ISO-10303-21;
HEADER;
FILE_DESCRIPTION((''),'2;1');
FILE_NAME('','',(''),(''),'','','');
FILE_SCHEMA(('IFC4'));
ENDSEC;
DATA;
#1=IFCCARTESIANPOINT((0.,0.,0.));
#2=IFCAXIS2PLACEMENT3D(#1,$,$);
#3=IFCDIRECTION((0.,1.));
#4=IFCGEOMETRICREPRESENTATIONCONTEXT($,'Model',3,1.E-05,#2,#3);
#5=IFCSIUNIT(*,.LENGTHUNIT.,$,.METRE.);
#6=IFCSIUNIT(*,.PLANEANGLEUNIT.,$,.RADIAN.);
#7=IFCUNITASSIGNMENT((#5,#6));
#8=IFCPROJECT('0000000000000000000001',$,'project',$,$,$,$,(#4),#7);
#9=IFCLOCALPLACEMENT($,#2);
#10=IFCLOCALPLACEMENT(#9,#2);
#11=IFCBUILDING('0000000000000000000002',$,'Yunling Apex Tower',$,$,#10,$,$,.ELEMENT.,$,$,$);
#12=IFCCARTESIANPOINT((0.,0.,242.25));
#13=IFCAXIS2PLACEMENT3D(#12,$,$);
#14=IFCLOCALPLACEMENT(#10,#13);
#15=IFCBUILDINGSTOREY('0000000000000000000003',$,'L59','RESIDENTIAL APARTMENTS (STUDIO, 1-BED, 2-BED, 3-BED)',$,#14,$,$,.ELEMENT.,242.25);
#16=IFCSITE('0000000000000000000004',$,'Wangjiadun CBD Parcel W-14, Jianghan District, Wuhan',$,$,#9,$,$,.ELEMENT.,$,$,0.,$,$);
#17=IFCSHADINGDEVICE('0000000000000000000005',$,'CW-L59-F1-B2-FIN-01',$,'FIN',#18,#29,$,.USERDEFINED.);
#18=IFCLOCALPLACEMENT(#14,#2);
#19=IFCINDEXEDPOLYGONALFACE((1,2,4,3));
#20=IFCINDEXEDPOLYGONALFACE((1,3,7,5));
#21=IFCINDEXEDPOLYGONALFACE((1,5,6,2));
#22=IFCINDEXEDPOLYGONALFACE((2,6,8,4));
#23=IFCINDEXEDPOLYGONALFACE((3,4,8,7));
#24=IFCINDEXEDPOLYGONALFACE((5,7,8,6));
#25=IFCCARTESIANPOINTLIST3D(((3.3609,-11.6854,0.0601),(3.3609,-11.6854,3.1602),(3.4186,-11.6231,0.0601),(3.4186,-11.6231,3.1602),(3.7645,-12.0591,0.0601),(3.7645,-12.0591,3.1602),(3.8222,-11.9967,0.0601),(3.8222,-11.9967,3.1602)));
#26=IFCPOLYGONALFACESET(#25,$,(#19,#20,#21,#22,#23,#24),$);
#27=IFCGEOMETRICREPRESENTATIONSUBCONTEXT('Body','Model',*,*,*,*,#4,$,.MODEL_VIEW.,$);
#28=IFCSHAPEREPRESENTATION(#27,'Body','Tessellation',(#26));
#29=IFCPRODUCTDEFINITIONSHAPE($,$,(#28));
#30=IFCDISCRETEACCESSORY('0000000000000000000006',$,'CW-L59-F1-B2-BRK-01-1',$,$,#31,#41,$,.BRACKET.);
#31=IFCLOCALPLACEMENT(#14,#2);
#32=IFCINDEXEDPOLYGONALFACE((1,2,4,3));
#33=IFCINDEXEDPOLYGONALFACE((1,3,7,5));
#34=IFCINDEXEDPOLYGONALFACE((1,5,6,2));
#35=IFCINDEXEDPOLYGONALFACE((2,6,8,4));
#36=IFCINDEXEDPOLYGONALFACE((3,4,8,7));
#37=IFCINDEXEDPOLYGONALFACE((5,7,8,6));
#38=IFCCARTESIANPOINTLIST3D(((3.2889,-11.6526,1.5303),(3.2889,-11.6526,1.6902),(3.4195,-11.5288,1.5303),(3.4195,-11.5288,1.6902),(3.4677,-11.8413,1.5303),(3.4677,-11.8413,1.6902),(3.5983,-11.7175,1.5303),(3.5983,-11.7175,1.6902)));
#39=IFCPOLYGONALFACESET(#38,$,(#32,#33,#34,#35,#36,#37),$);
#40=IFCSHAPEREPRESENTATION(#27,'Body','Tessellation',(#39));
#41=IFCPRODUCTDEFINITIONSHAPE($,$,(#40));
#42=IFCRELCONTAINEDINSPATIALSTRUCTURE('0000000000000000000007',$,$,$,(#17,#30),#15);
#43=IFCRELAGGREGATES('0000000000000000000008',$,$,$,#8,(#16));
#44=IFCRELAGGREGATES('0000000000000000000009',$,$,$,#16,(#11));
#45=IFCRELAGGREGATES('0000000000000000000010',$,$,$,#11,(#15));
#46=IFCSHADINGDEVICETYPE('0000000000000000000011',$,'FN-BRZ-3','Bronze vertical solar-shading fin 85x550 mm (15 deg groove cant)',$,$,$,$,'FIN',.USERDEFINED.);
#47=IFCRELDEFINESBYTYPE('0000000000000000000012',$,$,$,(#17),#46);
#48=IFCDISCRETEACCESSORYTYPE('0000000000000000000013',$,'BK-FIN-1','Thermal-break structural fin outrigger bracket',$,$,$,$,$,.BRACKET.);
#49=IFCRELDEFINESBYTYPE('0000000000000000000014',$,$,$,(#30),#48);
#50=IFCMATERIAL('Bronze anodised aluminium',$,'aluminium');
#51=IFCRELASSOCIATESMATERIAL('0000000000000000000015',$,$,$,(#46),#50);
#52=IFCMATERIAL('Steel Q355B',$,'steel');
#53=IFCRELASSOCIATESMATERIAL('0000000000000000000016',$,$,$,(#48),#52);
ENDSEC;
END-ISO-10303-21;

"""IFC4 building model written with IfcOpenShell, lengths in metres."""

from ifc_helpers import new_model, si_unit, direction, frame, origin, origin_2d, place, context, subcontext, project, spatial, rectangle, extrude, source, transform, mapped, material, material_profile, profile_set, type_object, element, save


model = new_model("IFC4")

# Units and contexts
model_context = context("Model", 3, precision=1e-05, world=origin(), true_north=direction((0.0, 1.0)))
body_context = subcontext(model_context, "Body", "Model", "MODEL_VIEW")
ifc_project = project(units=[si_unit("LENGTHUNIT", "METRE"), si_unit("PLANEANGLEUNIT", "RADIAN")], contexts=[model_context])

# Site, building, storey
site_placement = place(None, origin())
site = spatial("IfcSite", under=ifc_project, at=site_placement, Name="Wangjiadun CBD Parcel W-14, Jianghan District, Wuhan", CompositionType="ELEMENT", RefElevation=0.0)
building_placement = place(site_placement, origin())
building = spatial("IfcBuilding", under=site, at=building_placement, Name="Yunling Apex Tower", CompositionType="ELEMENT")
storey_placement = place(building_placement, frame((0.0, 0.0, 242.25)))
storey = spatial("IfcBuildingStorey", under=building, at=storey_placement, Name="L59", Description="RESIDENTIAL APARTMENTS (STUDIO, 1-BED, 2-BED, 3-BED)", CompositionType="ELEMENT", Elevation=242.25)

# Shared definitions
ifc_material_1 = material(Name="Steel Q355B", Category="steel")

# Shared definitions
ifc_material_2 = material(Name="Bronze anodised aluminium", Category="aluminium")

# Shading device
ifc_material_profile_1 = material_profile(ifc_material_2, rectangle(XDim=0.085, YDim=0.55, at=origin_2d()))
ifc_profile_set_1 = profile_set([ifc_material_profile_1], Name="Bronze anodised aluminium")
shading_device_type = type_object("IfcShadingDeviceType", Name="FN-BRZ-3", Description="Bronze vertical solar-shading fin 85x550 mm (15 deg groove cant)", ElementType="FIN", PredefinedType="USERDEFINED", material=ifc_profile_set_1)
shared_shape_1 = source(origin(), body_context, "Body", "SweptSolid", [
    extrude(rectangle(XDim=0.085, YDim=0.55, at=origin_2d()), origin(), (0.0, 0.0, 1.0), 3.1001),
])
shading_device_placement = place(storey_placement, frame((3.5916, -11.8411, 0.0601), z_axis=(0.0, 0.0, 1.0), x_axis=(0.679313, 0.733848, 0.0)))
element("IfcShadingDevice", 1, at=shading_device_placement, inside=storey, type_object=shading_device_type, Name="CW-L59-F1-B2-FIN-01", ObjectType="FIN", PredefinedType="USERDEFINED", context=body_context, shape_type="MappedRepresentation", body=[
    mapped(shared_shape_1, transform((0.0, 0.0, 0.0), scale=1.0)),
])

# Discrete accessory
discrete_accessory_type = type_object("IfcDiscreteAccessoryType", Name="BK-FIN-1", Description="Thermal-break structural fin outrigger bracket", PredefinedType="BRACKET", material=ifc_material_1)
shared_shape_2 = source(origin(), body_context, "Body", "SweptSolid", [
    extrude(rectangle(XDim=0.1799, YDim=0.26, at=origin_2d()), origin(), (0.0, 0.0, 1.0), 0.1599),
])
discrete_accessory_placement = place(storey_placement, frame((3.4436, -11.6851, 1.5303), z_axis=(0.0, 0.0, 1.0), x_axis=(0.725855, 0.687848, 0.0)))
element("IfcDiscreteAccessory", 2, at=discrete_accessory_placement, inside=storey, type_object=discrete_accessory_type, Name="CW-L59-F1-B2-BRK-01-1", PredefinedType="BRACKET", context=body_context, shape_type="MappedRepresentation", body=[
    mapped(shared_shape_2, transform((0.0, 0.0, 0.0), scale=1.0)),
])

save(model, "model.ifc")
